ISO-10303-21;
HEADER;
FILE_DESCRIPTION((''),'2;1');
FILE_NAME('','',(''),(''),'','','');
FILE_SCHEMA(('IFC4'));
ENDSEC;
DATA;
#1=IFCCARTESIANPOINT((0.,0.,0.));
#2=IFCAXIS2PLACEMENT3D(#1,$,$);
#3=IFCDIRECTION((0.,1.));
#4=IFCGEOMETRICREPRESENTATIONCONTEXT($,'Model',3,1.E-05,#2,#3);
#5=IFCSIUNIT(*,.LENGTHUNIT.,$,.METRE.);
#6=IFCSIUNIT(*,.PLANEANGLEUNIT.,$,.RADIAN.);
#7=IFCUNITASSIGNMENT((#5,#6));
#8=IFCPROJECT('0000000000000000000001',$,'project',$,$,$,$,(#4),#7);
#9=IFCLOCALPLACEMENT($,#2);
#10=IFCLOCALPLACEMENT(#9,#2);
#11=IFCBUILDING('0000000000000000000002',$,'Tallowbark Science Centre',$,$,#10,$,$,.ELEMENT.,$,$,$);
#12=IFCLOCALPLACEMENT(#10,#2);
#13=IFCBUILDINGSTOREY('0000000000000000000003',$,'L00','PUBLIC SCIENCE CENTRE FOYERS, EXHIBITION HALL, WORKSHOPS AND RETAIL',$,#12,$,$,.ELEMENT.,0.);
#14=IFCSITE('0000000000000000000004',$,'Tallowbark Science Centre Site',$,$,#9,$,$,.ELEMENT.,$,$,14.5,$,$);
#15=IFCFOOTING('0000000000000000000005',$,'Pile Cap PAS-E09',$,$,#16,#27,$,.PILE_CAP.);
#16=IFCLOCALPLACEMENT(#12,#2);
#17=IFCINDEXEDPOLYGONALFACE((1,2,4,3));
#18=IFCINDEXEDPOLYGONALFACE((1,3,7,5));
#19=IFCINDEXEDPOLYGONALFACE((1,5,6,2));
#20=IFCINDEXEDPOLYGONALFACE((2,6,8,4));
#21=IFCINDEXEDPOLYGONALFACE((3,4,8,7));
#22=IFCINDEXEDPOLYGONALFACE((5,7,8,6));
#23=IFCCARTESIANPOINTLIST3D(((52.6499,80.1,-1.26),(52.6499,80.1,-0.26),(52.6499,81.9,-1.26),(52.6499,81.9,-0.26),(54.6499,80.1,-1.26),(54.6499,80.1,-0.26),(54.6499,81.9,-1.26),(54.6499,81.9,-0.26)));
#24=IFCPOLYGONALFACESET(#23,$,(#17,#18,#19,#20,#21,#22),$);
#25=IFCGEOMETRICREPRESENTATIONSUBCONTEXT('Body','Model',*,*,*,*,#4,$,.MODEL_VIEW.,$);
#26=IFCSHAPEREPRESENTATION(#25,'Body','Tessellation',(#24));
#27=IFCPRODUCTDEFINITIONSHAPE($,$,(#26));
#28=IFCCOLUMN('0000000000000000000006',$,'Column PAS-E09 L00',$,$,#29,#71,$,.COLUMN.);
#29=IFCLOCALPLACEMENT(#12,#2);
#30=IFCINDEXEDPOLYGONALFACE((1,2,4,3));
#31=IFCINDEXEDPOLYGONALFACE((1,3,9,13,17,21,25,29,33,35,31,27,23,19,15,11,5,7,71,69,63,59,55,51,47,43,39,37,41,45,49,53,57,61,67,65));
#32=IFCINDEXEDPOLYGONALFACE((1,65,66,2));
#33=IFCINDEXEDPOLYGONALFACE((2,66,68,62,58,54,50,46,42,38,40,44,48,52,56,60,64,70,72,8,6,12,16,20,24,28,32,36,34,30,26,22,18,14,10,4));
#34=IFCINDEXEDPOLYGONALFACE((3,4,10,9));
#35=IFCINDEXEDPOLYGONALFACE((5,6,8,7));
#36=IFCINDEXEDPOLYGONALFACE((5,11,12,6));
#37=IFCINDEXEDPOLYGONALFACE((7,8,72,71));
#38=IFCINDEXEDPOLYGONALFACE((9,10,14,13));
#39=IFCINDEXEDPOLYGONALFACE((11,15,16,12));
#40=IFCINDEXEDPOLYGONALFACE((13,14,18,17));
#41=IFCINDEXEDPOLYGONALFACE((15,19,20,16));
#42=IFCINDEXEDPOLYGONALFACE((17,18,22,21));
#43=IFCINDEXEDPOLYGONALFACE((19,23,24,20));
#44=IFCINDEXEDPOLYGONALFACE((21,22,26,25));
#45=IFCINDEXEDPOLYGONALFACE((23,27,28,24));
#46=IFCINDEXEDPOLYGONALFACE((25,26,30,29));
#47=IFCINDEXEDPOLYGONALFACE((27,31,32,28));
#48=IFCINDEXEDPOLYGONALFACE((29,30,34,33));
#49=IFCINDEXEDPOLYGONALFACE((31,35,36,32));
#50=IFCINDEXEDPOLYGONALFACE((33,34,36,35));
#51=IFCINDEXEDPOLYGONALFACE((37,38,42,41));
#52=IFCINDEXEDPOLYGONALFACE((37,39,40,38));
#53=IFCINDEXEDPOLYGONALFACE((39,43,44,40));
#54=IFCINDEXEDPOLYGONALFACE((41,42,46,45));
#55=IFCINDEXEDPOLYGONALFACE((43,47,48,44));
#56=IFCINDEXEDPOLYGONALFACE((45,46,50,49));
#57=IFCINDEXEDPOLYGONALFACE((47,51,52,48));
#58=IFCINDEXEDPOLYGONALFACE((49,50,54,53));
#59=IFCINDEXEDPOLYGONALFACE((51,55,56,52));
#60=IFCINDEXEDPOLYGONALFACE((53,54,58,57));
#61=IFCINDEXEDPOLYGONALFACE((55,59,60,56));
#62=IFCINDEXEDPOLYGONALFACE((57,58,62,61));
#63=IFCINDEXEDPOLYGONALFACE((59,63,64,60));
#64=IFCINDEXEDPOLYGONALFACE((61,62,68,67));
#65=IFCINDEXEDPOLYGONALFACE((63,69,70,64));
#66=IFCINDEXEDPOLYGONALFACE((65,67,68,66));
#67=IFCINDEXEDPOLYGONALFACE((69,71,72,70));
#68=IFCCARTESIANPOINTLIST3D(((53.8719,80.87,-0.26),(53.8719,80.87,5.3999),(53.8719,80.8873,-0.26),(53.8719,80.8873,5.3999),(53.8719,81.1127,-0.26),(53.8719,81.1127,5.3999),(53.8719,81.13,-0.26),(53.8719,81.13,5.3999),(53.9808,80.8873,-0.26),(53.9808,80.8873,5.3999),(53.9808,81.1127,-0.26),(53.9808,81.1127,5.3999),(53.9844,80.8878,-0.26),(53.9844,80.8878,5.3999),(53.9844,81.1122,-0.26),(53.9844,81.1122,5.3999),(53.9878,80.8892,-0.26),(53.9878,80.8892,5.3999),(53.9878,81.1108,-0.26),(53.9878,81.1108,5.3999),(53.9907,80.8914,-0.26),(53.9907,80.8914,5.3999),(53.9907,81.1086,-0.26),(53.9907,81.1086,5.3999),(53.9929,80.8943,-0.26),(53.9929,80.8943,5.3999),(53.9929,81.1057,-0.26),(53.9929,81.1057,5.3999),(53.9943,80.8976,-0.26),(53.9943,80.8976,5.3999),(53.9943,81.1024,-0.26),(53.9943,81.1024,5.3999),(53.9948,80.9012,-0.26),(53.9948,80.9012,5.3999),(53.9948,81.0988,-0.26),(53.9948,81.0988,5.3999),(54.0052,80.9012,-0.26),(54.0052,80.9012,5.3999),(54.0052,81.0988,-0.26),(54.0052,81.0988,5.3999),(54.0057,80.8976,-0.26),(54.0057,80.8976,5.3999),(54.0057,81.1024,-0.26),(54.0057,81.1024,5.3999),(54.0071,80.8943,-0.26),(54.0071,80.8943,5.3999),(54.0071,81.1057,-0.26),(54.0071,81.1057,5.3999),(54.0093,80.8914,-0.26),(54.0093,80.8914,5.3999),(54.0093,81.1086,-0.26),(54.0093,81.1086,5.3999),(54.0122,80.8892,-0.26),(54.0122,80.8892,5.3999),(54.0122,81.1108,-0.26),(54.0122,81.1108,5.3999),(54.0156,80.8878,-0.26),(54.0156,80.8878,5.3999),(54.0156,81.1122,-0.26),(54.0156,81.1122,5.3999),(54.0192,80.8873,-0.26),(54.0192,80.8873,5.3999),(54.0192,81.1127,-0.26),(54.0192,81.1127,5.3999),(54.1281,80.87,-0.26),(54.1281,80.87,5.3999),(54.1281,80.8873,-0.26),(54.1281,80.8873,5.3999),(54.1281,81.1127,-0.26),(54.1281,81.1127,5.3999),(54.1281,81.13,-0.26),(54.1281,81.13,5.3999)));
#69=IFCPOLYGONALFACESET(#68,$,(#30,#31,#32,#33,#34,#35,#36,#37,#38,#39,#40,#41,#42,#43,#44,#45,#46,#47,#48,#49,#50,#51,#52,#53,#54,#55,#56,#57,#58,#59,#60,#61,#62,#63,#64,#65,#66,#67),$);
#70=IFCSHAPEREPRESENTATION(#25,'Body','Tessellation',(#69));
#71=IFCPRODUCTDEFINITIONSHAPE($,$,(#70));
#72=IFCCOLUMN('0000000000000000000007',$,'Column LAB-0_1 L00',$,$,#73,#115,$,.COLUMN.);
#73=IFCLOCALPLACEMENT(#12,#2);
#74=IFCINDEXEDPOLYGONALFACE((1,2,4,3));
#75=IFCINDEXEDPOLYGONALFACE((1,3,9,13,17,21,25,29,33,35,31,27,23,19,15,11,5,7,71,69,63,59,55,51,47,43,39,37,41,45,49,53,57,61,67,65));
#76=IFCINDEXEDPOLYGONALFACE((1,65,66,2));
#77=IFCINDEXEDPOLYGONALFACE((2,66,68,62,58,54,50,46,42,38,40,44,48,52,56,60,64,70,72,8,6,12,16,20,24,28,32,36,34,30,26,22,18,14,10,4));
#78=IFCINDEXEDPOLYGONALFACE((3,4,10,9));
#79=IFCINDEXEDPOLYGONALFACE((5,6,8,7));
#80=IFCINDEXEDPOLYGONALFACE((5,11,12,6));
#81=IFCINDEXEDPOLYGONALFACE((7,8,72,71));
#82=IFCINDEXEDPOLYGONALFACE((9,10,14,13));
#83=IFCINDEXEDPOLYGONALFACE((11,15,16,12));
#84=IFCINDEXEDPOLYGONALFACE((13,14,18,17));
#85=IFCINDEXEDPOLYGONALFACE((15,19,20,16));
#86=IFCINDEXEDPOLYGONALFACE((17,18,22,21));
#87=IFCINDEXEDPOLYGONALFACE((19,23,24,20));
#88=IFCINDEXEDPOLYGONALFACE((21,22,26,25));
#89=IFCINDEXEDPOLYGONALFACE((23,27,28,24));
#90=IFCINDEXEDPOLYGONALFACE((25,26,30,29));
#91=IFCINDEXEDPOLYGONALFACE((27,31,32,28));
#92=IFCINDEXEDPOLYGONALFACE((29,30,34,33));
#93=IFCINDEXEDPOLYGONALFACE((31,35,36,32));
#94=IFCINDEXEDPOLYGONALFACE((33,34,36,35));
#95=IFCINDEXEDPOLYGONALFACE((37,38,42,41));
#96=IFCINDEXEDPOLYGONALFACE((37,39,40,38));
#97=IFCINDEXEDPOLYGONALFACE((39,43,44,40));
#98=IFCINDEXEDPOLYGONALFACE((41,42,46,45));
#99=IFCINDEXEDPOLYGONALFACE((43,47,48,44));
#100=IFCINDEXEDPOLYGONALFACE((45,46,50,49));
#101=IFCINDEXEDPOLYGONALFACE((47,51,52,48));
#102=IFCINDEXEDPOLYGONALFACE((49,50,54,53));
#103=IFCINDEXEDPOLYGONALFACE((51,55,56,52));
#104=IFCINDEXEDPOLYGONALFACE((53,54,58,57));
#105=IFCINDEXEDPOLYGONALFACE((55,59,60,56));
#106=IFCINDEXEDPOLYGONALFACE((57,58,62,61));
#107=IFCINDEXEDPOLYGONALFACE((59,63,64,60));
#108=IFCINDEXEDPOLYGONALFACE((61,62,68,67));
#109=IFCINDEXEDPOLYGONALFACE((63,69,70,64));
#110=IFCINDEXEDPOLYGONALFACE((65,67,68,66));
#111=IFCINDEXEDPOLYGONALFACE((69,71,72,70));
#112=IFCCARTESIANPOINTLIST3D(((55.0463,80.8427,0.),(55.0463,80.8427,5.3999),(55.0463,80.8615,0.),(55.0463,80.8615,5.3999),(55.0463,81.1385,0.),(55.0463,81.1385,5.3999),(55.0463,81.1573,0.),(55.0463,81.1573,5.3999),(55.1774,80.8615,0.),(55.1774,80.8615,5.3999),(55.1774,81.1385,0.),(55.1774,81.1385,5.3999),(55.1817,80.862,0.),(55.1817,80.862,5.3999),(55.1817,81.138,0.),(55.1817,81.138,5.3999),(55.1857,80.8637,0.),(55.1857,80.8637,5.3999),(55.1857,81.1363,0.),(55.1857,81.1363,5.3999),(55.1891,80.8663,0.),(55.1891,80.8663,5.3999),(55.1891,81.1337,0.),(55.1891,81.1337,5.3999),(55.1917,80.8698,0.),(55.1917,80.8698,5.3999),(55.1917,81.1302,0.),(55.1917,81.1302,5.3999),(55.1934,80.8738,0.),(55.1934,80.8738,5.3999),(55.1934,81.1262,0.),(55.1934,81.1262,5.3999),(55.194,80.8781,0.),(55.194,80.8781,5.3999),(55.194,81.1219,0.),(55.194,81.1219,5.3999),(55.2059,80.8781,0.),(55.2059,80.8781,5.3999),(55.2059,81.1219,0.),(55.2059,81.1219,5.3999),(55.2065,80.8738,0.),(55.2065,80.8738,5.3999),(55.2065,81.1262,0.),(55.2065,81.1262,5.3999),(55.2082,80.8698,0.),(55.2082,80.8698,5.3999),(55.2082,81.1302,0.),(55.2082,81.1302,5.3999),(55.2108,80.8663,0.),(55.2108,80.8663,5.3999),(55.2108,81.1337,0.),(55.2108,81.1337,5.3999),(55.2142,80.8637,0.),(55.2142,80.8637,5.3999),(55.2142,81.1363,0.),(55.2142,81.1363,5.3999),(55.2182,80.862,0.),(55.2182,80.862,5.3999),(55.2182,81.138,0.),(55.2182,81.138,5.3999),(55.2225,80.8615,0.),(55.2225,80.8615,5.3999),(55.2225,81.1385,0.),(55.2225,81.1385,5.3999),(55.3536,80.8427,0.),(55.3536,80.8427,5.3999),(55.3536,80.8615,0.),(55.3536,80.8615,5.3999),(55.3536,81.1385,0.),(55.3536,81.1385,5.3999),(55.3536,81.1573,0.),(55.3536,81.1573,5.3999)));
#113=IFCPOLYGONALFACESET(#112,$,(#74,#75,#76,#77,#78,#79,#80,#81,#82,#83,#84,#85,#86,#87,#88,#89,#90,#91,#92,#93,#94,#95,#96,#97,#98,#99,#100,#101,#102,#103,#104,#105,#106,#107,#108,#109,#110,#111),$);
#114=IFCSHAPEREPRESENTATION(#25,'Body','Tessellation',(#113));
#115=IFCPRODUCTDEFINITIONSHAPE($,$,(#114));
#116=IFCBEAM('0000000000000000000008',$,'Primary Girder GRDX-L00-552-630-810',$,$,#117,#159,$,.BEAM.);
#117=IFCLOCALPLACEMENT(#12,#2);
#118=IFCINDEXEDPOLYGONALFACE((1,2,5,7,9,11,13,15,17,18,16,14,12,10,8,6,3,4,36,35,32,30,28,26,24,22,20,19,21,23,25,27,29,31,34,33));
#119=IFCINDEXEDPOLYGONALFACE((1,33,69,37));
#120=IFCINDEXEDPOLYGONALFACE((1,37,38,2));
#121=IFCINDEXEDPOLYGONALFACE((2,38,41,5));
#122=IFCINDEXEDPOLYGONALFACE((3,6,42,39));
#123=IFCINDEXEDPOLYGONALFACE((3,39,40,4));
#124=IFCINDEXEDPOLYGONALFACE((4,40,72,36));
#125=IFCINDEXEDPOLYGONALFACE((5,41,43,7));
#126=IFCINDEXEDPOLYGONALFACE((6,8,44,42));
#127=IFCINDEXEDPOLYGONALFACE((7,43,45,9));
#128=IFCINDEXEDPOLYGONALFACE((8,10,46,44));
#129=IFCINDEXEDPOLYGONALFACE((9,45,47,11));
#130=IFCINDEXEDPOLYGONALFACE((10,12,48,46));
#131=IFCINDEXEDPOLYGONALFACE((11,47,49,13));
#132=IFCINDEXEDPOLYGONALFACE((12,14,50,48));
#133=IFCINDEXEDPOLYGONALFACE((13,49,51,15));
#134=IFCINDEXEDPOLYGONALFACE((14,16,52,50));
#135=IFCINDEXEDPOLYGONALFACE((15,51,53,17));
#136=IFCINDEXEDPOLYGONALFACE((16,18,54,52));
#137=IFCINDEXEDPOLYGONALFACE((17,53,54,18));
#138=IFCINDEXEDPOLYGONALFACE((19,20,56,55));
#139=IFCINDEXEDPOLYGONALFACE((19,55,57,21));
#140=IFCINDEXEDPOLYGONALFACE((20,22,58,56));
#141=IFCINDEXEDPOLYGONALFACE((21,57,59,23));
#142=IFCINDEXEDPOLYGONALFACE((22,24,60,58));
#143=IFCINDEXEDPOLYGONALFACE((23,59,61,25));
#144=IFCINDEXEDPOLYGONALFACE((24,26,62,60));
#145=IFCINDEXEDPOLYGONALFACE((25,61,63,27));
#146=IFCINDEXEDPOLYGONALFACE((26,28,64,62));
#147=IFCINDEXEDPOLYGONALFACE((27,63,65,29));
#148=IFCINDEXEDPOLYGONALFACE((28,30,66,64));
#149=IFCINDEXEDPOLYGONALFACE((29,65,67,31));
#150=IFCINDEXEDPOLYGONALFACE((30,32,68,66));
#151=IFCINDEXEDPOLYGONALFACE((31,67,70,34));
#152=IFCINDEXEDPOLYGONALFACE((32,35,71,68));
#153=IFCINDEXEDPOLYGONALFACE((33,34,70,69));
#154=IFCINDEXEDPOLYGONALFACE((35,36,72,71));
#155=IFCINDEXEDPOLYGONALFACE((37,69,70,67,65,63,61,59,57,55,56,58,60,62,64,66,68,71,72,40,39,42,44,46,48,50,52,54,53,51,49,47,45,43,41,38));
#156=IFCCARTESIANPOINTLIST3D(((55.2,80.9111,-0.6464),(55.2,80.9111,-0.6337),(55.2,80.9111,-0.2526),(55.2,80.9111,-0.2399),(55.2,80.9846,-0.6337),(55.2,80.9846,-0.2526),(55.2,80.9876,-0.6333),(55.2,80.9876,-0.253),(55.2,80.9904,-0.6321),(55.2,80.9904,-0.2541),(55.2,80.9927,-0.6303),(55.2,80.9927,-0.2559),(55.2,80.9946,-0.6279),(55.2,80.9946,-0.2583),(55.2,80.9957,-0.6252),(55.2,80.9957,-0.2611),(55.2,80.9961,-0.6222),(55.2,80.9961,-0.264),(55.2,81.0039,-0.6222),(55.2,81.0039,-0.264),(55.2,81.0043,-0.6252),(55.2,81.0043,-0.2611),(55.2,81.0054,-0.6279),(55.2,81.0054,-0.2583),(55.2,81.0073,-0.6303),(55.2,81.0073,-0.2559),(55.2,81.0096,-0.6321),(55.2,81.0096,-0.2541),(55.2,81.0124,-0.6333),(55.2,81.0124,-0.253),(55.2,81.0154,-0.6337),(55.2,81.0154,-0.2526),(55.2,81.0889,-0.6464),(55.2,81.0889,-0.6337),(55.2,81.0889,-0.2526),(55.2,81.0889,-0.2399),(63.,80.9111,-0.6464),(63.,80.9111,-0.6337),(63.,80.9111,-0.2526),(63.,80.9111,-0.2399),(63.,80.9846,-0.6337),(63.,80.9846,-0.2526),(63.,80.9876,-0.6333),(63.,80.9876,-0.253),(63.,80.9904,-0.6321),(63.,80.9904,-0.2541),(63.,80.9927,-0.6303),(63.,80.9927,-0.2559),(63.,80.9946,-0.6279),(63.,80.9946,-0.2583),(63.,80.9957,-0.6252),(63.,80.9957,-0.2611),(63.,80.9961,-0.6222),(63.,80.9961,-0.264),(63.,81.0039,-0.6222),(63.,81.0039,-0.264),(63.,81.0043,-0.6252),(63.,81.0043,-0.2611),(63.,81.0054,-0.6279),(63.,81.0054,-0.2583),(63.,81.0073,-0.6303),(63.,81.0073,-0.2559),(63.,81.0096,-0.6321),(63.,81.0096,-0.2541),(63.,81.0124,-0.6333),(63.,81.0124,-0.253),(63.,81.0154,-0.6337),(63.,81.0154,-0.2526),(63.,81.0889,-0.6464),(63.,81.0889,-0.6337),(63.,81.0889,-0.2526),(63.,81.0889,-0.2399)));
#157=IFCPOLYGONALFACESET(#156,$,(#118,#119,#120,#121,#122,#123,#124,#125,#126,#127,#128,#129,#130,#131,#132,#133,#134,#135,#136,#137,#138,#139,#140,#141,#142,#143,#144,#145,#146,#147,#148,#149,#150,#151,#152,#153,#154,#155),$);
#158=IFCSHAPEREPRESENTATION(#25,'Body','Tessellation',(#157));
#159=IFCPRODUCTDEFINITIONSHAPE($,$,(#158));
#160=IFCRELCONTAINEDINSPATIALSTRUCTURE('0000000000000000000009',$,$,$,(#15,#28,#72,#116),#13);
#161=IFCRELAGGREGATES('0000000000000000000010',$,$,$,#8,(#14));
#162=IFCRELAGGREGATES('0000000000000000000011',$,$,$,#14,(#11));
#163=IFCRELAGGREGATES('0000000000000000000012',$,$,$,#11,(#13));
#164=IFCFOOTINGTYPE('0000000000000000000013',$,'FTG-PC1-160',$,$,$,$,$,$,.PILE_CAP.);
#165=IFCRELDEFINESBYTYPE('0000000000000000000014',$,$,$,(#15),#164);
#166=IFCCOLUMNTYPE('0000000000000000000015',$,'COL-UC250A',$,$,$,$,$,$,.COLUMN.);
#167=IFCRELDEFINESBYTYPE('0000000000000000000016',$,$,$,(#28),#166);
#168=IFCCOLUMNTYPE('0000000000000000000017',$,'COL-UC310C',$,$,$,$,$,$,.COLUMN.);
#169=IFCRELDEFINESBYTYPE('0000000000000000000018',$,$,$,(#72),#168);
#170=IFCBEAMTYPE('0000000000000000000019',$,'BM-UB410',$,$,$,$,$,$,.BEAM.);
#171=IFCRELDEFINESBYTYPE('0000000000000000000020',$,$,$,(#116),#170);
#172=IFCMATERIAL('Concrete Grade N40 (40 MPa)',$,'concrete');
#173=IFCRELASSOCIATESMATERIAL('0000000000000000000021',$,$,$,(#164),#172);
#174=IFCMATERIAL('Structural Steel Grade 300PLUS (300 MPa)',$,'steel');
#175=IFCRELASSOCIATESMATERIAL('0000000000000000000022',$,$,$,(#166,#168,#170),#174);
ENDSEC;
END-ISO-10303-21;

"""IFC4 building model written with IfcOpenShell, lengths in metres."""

from ifc_helpers import new_model, si_unit, direction, frame, origin, origin_2d, place, context, subcontext, project, spatial, rectangle, i_section, extrude, material, material_profile, profile_set, type_object, element, save


model = new_model("IFC4")

# Units and contexts
model_context = context("Model", 3, precision=1e-05, world=origin(), true_north=direction((0.0, 1.0)))
body_context = subcontext(model_context, "Body", "Model", "MODEL_VIEW")
ifc_project = project(units=[si_unit("LENGTHUNIT", "METRE"), si_unit("PLANEANGLEUNIT", "RADIAN")], contexts=[model_context])

# Site, building, storey
site_placement = place(None, origin())
site = spatial("IfcSite", under=ifc_project, at=site_placement, Name="Tallowbark Science Centre Site", CompositionType="ELEMENT", RefElevation=14.5)
building_placement = place(site_placement, origin())
building = spatial("IfcBuilding", under=site, at=building_placement, Name="Tallowbark Science Centre", CompositionType="ELEMENT")
storey_placement = place(building_placement, origin())
storey = spatial("IfcBuildingStorey", under=building, at=storey_placement, Name="L00", Description="PUBLIC SCIENCE CENTRE FOYERS, EXHIBITION HALL, WORKSHOPS AND RETAIL", CompositionType="ELEMENT", Elevation=0.0)

# Footing
ifc_material_1 = material(Name="Concrete Grade N40 (40 MPa)", Category="concrete")
footing_type = type_object("IfcFootingType", Name="FTG-PC1-160", PredefinedType="PILE_CAP", material=ifc_material_1)
footing_placement = place(storey_placement, frame((53.6499, 81.0, -1.26), z_axis=(0.0, 0.0, 1.0), x_axis=(1.0, 0.0, 0.0)))
element("IfcFooting", 1, at=footing_placement, inside=storey, type_object=footing_type, Name="Pile Cap PAS-E09", PredefinedType="PILE_CAP", context=body_context, shape_type="SweptSolid", body=[
    extrude(rectangle(XDim=2.0, YDim=1.8, at=origin_2d()), origin(), (0.0, 0.0, 1.0), 1.0),
])

# Columns
ifc_material_2 = material(Name="Structural Steel Grade 300PLUS (300 MPa)", Category="steel")
ifc_material_profile_1 = material_profile(ifc_material_2, i_section(OverallWidth=0.2561, OverallDepth=0.26, WebThickness=0.0105, FlangeThickness=0.0173, FilletRadius=0.0139, at=origin_2d()), Name="250UC89.5")
ifc_profile_set_1 = profile_set([ifc_material_profile_1], Name="Structural Steel Grade 300PLUS (300 MPa)")
column_type_1 = type_object("IfcColumnType", Name="COL-UC250A", PredefinedType="COLUMN", material=ifc_profile_set_1)
column_1_placement = place(storey_placement, frame((54.0, 81.0, -0.26), z_axis=(0.0, 0.0, 1.0), x_axis=(1.0, 0.0, 0.0)))
element("IfcColumn", 2, at=column_1_placement, inside=storey, type_object=column_type_1, Name="Column PAS-E09 L00", PredefinedType="COLUMN", context=body_context, shape_type="SweptSolid", body=[
    extrude(i_section(OverallWidth=0.2561, OverallDepth=0.26, WebThickness=0.0105, FlangeThickness=0.0173, FilletRadius=0.0139, at=origin_2d()), origin(), (0.0, 0.0, 1.0), 5.6599),
])
ifc_material_profile_2 = material_profile(ifc_material_2, i_section(OverallWidth=0.3074, OverallDepth=0.3147, WebThickness=0.012, FlangeThickness=0.0188, FilletRadius=0.0166, at=origin_2d()), Name="310UC118")
ifc_profile_set_2 = profile_set([ifc_material_profile_2], Name="Structural Steel Grade 300PLUS (300 MPa)")
column_type_2 = type_object("IfcColumnType", Name="COL-UC310C", PredefinedType="COLUMN", material=ifc_profile_set_2)
column_2_placement = place(storey_placement, frame((55.2, 81.0, 0.0), z_axis=(0.0, 0.0, 1.0), x_axis=(1.0, 0.0, 0.0)))
element("IfcColumn", 3, at=column_2_placement, inside=storey, type_object=column_type_2, Name="Column LAB-0_1 L00", PredefinedType="COLUMN", context=body_context, shape_type="SweptSolid", body=[
    extrude(i_section(OverallWidth=0.3074, OverallDepth=0.3147, WebThickness=0.012, FlangeThickness=0.0188, FilletRadius=0.0166, at=origin_2d()), origin(), (0.0, 0.0, 1.0), 5.3999),
])

# Beam
ifc_material_profile_3 = material_profile(ifc_material_2, i_section(OverallWidth=0.1777, OverallDepth=0.4065, WebThickness=0.0078, FlangeThickness=0.0127, FilletRadius=0.0115, at=origin_2d()), Name="410UB59.7")
ifc_profile_set_3 = profile_set([ifc_material_profile_3], Name="Structural Steel Grade 300PLUS (300 MPa)")
beam_type_1 = type_object("IfcBeamType", Name="BM-UB410", PredefinedType="BEAM", material=ifc_profile_set_3)
beam_1_placement = place(storey_placement, frame((55.2, 81.0, -0.4431), z_axis=(1.0, 0.0, 0.0), x_axis=(0.0, 1.0, 0.0)))
element("IfcBeam", 4, at=beam_1_placement, inside=storey, type_object=beam_type_1, Name="Primary Girder GRDX-L00-552-630-810", PredefinedType="BEAM", context=body_context, shape_type="SweptSolid", body=[
    extrude(i_section(OverallWidth=0.1777, OverallDepth=0.4065, WebThickness=0.0078, FlangeThickness=0.0127, FilletRadius=0.0115, at=origin_2d()), origin(), (0.0, 0.0, 1.0), 7.8),
])

save(model, "model.ifc")
